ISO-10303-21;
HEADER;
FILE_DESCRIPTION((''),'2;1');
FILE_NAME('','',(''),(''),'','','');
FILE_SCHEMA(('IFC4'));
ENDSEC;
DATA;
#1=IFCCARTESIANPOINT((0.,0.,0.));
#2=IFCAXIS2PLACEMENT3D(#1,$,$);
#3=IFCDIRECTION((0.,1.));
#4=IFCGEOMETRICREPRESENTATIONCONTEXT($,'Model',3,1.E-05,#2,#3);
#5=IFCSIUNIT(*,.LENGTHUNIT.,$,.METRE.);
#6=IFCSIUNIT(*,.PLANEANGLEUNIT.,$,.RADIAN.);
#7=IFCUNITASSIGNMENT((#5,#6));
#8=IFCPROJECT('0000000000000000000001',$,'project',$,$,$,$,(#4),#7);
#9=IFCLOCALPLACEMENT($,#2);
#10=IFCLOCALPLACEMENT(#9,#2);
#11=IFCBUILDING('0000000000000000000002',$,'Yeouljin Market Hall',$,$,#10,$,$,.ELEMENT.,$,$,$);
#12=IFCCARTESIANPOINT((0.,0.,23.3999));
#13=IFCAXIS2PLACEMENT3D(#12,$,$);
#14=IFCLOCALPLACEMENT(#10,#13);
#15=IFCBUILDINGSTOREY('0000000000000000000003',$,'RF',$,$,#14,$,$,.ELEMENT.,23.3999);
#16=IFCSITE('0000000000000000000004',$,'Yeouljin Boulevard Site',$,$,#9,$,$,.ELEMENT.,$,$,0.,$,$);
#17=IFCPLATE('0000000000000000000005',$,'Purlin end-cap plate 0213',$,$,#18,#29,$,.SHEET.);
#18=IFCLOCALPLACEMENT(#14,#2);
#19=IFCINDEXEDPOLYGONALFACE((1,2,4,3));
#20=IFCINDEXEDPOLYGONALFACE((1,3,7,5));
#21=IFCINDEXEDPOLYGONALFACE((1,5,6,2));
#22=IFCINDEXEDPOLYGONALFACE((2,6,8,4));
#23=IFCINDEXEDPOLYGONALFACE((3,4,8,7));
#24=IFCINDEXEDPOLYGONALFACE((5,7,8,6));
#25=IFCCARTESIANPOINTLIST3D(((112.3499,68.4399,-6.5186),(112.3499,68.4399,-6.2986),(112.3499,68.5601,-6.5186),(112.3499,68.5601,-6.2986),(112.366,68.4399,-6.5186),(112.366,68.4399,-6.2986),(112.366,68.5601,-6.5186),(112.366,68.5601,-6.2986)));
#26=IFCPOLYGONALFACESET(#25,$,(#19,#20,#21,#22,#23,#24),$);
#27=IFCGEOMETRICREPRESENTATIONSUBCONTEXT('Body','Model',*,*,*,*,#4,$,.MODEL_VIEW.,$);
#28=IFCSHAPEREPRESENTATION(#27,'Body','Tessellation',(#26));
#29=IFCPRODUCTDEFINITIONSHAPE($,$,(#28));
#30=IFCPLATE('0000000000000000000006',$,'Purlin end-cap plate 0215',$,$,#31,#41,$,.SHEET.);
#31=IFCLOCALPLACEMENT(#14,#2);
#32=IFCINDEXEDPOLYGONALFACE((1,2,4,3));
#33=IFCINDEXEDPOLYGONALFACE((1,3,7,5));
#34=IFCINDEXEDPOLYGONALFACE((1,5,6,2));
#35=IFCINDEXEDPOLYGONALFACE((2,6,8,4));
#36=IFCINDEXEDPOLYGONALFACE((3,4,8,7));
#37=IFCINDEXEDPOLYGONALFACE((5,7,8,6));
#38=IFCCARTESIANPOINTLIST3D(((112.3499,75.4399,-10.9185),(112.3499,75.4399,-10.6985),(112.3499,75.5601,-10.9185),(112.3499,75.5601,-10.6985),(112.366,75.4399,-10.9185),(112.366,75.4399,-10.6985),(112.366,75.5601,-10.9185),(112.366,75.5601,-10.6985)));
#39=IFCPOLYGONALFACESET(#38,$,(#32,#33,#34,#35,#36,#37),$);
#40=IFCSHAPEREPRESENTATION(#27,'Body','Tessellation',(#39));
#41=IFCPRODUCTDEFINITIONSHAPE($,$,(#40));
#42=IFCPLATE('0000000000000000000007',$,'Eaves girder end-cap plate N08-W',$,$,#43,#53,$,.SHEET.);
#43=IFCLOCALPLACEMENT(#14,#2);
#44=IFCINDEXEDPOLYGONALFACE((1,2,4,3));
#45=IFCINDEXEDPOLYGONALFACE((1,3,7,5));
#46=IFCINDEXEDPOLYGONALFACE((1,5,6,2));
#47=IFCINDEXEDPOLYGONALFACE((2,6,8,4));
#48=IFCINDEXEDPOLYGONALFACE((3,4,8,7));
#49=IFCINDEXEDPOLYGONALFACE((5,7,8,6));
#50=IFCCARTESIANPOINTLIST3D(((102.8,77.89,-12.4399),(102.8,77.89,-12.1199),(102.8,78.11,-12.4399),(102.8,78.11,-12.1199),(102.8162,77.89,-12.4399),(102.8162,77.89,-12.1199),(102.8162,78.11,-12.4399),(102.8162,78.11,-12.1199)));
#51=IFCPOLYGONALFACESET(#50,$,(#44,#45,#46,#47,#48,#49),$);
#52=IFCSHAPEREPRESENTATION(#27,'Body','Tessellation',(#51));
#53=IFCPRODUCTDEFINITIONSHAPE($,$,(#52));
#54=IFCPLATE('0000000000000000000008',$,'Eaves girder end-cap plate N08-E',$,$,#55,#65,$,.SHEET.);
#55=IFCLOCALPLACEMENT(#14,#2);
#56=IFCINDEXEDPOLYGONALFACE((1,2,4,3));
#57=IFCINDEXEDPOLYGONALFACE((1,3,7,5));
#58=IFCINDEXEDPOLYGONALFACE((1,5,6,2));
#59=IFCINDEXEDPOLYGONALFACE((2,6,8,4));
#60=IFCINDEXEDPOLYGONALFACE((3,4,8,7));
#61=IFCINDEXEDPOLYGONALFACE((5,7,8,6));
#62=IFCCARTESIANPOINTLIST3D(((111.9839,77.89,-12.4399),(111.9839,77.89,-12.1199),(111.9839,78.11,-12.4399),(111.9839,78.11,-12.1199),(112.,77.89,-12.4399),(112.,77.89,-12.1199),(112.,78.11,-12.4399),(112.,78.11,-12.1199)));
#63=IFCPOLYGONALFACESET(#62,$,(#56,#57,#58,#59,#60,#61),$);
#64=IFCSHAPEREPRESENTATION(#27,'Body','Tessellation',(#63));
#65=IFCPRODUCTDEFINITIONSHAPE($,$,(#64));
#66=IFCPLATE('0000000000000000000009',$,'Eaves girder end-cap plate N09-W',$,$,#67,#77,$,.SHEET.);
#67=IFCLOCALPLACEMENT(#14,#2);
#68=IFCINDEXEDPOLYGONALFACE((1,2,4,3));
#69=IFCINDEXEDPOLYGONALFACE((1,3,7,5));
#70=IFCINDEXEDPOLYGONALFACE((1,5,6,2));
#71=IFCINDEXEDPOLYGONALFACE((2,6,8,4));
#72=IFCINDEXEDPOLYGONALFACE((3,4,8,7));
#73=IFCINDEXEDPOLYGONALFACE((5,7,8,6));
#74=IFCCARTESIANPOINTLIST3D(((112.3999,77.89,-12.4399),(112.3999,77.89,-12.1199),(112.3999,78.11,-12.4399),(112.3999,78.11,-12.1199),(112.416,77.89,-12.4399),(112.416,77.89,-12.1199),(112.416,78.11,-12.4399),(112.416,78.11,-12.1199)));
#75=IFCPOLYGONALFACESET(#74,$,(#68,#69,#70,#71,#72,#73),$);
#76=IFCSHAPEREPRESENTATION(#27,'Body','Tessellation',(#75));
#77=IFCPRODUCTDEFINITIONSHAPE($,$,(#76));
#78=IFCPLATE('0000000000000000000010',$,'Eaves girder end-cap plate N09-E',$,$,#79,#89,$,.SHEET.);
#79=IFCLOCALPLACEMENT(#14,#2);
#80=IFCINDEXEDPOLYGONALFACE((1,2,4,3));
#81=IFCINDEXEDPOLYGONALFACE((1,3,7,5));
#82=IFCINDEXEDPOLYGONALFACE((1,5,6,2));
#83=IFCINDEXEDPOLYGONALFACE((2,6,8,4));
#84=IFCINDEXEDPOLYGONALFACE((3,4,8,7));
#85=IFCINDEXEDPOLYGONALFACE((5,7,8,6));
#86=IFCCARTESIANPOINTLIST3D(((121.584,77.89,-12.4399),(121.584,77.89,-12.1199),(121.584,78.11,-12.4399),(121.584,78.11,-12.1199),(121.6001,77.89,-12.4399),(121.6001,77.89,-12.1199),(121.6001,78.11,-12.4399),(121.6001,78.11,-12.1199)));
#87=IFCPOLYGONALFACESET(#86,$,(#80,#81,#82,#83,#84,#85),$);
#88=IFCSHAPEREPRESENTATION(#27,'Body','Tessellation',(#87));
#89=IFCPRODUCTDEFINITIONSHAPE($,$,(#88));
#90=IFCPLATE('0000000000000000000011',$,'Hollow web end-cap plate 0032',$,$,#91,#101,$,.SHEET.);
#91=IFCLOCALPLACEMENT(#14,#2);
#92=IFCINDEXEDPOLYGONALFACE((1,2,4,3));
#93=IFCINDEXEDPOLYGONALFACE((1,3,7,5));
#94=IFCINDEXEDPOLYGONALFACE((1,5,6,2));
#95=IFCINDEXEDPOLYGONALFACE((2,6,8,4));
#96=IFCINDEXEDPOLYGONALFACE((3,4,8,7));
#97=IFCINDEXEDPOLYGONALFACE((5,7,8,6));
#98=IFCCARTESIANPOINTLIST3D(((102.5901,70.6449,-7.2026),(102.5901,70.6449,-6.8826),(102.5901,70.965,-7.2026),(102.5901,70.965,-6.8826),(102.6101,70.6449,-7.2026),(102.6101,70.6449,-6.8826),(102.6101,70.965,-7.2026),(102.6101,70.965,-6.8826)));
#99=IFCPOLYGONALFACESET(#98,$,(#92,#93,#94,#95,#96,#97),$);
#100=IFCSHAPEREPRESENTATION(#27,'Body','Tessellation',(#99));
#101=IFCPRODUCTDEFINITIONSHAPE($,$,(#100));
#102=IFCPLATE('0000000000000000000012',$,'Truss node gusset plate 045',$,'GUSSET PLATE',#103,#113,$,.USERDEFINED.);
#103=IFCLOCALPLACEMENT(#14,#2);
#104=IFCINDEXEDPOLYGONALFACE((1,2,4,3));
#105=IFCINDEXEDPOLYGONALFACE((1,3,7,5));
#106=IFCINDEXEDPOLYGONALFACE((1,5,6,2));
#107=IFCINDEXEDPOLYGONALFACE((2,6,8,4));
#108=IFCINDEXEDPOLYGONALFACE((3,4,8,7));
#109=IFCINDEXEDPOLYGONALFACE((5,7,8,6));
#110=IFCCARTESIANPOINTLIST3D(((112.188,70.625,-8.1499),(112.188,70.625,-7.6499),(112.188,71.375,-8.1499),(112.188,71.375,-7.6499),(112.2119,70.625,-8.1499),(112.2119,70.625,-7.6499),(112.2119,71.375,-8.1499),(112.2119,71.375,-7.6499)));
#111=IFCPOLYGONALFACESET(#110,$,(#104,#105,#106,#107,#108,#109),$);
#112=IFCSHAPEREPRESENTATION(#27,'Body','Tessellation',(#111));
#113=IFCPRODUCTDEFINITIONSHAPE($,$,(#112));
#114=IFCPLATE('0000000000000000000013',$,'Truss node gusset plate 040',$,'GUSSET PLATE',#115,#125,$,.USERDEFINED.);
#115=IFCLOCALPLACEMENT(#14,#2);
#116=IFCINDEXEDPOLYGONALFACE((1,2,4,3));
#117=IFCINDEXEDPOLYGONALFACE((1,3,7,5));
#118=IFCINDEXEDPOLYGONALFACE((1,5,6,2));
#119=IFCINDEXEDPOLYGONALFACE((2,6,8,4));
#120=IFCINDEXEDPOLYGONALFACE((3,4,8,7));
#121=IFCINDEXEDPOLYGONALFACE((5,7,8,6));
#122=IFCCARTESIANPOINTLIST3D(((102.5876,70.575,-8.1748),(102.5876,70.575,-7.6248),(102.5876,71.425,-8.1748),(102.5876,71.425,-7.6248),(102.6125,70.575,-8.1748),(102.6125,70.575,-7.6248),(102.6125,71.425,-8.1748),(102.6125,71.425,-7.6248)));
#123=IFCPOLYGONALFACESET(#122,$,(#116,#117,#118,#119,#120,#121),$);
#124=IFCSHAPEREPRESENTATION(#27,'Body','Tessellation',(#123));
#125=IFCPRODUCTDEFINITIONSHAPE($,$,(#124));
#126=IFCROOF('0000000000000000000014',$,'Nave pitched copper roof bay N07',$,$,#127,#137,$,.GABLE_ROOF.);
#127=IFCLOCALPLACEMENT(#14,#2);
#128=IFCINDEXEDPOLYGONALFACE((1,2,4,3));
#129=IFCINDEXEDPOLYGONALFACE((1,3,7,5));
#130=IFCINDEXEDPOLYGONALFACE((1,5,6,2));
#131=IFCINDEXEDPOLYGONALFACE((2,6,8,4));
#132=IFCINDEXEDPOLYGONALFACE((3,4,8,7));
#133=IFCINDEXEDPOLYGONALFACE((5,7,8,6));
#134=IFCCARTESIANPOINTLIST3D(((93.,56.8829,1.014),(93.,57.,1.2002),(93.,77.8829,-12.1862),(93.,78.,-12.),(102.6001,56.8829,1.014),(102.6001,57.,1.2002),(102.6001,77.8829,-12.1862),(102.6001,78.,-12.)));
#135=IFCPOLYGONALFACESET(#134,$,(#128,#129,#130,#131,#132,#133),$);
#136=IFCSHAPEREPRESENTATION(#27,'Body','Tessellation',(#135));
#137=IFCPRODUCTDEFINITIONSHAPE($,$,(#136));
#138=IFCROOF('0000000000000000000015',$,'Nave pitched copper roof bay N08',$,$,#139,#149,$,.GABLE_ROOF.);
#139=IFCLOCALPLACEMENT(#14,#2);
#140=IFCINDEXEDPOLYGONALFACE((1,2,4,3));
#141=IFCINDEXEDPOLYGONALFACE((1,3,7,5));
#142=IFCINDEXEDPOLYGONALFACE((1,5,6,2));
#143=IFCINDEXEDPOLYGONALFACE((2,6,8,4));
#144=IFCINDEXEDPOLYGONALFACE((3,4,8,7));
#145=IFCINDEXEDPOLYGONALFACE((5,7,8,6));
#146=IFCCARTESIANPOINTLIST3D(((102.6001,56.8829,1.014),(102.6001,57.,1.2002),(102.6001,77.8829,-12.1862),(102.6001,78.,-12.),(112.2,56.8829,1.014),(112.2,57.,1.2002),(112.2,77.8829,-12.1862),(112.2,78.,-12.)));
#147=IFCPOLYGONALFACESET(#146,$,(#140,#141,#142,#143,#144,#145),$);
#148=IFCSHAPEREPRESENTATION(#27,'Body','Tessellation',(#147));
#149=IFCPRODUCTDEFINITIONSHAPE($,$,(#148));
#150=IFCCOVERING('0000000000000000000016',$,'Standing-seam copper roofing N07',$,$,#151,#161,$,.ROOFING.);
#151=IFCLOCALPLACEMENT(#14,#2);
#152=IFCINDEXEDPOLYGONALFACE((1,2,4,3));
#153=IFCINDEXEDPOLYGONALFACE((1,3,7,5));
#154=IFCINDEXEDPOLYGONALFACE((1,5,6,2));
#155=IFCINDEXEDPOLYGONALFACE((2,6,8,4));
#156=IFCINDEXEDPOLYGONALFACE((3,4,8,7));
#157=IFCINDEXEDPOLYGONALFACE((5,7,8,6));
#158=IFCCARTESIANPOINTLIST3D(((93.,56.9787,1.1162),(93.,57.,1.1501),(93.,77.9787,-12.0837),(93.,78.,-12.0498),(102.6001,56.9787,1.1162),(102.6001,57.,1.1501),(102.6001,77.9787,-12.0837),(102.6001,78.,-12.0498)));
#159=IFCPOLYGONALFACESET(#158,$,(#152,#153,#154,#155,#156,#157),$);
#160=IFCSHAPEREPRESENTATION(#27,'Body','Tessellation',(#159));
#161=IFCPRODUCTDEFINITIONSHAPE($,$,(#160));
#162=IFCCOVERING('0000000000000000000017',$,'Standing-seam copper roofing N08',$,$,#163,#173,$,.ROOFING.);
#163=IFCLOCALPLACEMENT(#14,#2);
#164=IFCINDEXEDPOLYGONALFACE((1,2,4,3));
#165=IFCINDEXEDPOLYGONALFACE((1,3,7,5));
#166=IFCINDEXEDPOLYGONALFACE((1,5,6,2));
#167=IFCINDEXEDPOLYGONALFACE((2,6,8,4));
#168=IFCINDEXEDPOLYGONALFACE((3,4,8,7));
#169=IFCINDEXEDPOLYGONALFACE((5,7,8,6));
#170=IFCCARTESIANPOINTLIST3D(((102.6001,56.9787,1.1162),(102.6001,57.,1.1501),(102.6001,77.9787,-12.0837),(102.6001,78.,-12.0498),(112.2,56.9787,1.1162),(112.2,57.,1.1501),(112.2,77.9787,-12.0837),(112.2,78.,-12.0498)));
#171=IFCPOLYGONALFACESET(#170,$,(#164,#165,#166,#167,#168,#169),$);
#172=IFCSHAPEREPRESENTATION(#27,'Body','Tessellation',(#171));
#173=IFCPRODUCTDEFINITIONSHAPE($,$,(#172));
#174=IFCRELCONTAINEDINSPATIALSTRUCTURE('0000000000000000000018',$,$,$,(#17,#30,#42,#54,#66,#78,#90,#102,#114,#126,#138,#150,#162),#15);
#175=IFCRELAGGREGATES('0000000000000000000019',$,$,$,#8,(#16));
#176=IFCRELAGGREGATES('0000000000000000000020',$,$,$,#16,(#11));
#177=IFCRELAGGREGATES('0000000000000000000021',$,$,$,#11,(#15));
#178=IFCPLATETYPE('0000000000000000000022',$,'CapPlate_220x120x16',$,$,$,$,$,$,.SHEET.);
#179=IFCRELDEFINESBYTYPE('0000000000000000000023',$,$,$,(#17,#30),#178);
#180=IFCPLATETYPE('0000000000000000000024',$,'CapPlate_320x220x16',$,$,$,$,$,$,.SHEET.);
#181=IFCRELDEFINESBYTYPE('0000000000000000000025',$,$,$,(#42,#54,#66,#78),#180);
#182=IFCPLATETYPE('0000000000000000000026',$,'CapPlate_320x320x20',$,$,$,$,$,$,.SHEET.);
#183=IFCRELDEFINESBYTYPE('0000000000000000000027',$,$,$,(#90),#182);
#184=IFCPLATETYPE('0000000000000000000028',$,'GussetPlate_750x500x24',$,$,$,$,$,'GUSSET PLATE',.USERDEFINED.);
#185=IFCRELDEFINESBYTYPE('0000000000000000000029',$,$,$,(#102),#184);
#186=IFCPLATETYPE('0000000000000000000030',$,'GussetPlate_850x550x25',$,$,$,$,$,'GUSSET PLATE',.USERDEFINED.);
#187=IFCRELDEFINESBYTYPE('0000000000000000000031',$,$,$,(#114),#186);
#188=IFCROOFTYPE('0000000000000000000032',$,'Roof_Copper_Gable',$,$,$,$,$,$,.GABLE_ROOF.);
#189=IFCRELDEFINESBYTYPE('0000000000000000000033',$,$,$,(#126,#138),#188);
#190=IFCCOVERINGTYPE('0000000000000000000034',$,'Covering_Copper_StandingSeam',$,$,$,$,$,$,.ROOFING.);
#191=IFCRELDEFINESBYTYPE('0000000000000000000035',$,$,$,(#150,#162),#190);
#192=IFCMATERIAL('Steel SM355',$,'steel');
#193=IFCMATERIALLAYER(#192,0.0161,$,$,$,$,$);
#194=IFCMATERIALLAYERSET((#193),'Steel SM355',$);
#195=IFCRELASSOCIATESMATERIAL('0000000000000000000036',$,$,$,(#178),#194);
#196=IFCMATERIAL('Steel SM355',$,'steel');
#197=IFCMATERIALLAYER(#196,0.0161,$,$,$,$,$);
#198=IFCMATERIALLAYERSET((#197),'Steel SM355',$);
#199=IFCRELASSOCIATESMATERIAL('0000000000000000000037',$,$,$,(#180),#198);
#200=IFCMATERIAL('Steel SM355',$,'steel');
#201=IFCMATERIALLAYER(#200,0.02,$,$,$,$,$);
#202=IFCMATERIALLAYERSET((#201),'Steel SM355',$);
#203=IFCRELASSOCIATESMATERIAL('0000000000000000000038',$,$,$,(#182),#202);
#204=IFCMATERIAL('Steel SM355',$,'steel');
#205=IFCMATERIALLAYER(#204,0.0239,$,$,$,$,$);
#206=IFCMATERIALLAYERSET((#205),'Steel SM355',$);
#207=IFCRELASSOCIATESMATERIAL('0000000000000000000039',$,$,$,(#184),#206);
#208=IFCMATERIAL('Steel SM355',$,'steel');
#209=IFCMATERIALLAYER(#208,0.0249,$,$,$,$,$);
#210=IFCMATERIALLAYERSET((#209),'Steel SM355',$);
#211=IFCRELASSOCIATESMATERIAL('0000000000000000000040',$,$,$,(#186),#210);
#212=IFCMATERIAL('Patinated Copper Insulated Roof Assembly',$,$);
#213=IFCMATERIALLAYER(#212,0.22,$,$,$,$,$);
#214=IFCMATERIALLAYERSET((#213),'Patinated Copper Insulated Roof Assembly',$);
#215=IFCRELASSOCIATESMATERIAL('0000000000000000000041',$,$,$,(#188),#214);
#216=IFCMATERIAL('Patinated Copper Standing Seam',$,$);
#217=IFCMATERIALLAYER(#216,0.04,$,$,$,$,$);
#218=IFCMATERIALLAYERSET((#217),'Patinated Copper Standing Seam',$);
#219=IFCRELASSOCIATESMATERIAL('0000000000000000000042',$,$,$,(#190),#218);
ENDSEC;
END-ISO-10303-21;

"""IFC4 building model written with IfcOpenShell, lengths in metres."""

from ifc_helpers import new_model, si_unit, direction, frame, origin, origin_2d, place, context, subcontext, project, spatial, polyline, rectangle, outline, extrude, material, layer, layer_set, type_object, element, save


model = new_model("IFC4")

# Units and contexts
model_context = context("Model", 3, precision=1e-05, world=origin(), true_north=direction((0.0, 1.0)))
body_context = subcontext(model_context, "Body", "Model", "MODEL_VIEW")
ifc_project = project(units=[si_unit("LENGTHUNIT", "METRE"), si_unit("PLANEANGLEUNIT", "RADIAN")], contexts=[model_context])

# Site, building, storey
site_placement = place(None, origin())
site = spatial("IfcSite", under=ifc_project, at=site_placement, Name="Yeouljin Boulevard Site", CompositionType="ELEMENT", RefElevation=0.0)
building_placement = place(site_placement, origin())
building = spatial("IfcBuilding", under=site, at=building_placement, Name="Yeouljin Market Hall", CompositionType="ELEMENT")
storey_placement = place(building_placement, frame((0.0, 0.0, 23.3999)))
storey = spatial("IfcBuildingStorey", under=building, at=storey_placement, Name="RF", CompositionType="ELEMENT", Elevation=23.3999)

# Plates
ifc_material_1 = material(Name="Steel SM355", Category="steel")
ifc_layer_1 = layer(ifc_material_1, 0.0161)
ifc_layer_set_1 = layer_set([ifc_layer_1], Name="Steel SM355")
plate_type_1 = type_object("IfcPlateType", Name="CapPlate_220x120x16", PredefinedType="SHEET", material=ifc_layer_set_1)
for number, where, z_axis, x_axis, name in (
    (1, (112.3579, 68.5, -6.5186), (0.0, 0.0, 1.0), (0.0, 1.0, 0.0), "Purlin end-cap plate 0213"),
    (2, (112.3579, 75.5, -10.9185), (0.0, 0.0, 1.0), (0.0, 1.0, 0.0), "Purlin end-cap plate 0215"),
):
    element("IfcPlate", number, at=place(storey_placement, frame(where, z_axis=z_axis, x_axis=x_axis)), inside=storey, type_object=plate_type_1, Name=name, PredefinedType="SHEET", context=body_context, shape_type="SweptSolid", body=[
        extrude(rectangle(XDim=0.1201, YDim=0.0161, at=origin_2d()), origin(), (0.0, 0.0, 1.0), 0.22),
    ])
ifc_material_2 = material(Name="Steel SM355", Category="steel")
ifc_layer_2 = layer(ifc_material_2, 0.0161)
ifc_layer_set_2 = layer_set([ifc_layer_2], Name="Steel SM355")
plate_type_2 = type_object("IfcPlateType", Name="CapPlate_320x220x16", PredefinedType="SHEET", material=ifc_layer_set_2)
for number, where, z_axis, x_axis, name in (
    (3, (102.8081, 78.0, -12.4399), (0.0, 0.0, 1.0), (0.0, 1.0, 0.0), "Eaves girder end-cap plate N08-W"),
    (4, (111.9919, 78.0, -12.4399), (0.0, 0.0, 1.0), (0.0, 1.0, 0.0), "Eaves girder end-cap plate N08-E"),
    (5, (112.408, 78.0, -12.4399), (0.0, 0.0, 1.0), (0.0, 1.0, 0.0), "Eaves girder end-cap plate N09-W"),
    (6, (121.592, 78.0, -12.4399), (0.0, 0.0, 1.0), (0.0, 1.0, 0.0), "Eaves girder end-cap plate N09-E"),
):
    element("IfcPlate", number, at=place(storey_placement, frame(where, z_axis=z_axis, x_axis=x_axis)), inside=storey, type_object=plate_type_2, Name=name, PredefinedType="SHEET", context=body_context, shape_type="SweptSolid", body=[
        extrude(rectangle(XDim=0.22, YDim=0.0161, at=origin_2d()), origin(), (0.0, 0.0, 1.0), 0.3201),
    ])
ifc_material_3 = material(Name="Steel SM355", Category="steel")
ifc_layer_3 = layer(ifc_material_3, 0.02)
ifc_layer_set_3 = layer_set([ifc_layer_3], Name="Steel SM355")
plate_type_3 = type_object("IfcPlateType", Name="CapPlate_320x320x20", PredefinedType="SHEET", material=ifc_layer_set_3)
plate_1_placement = place(storey_placement, frame((102.6001, 70.8049, -7.2026), z_axis=(0.0, 0.0, 1.0), x_axis=(0.0, 1.0, 0.0)))
element("IfcPlate", 7, at=plate_1_placement, inside=storey, type_object=plate_type_3, Name="Hollow web end-cap plate 0032", PredefinedType="SHEET", context=body_context, shape_type="SweptSolid", body=[
    extrude(rectangle(XDim=0.3201, YDim=0.02, at=origin_2d()), origin(), (0.0, 0.0, 1.0), 0.3201),
])
ifc_material_4 = material(Name="Steel SM355", Category="steel")
ifc_layer_4 = layer(ifc_material_4, 0.0239)
ifc_layer_set_4 = layer_set([ifc_layer_4], Name="Steel SM355")
plate_type_4 = type_object("IfcPlateType", Name="GussetPlate_750x500x24", ElementType="GUSSET PLATE", PredefinedType="USERDEFINED", material=ifc_layer_set_4)
plate_2_placement = place(storey_placement, frame((112.2, 71.0, -8.1499), z_axis=(0.0, 0.0, 1.0), x_axis=(0.0, 1.0, 0.0)))
element("IfcPlate", 8, at=plate_2_placement, inside=storey, type_object=plate_type_4, Name="Truss node gusset plate 045", ObjectType="GUSSET PLATE", PredefinedType="USERDEFINED", context=body_context, shape_type="SweptSolid", body=[
    extrude(rectangle(XDim=0.75, YDim=0.0239, at=origin_2d()), origin(), (0.0, 0.0, 1.0), 0.5),
])
ifc_material_5 = material(Name="Steel SM355", Category="steel")
ifc_layer_5 = layer(ifc_material_5, 0.0249)
ifc_layer_set_5 = layer_set([ifc_layer_5], Name="Steel SM355")
plate_type_5 = type_object("IfcPlateType", Name="GussetPlate_850x550x25", ElementType="GUSSET PLATE", PredefinedType="USERDEFINED", material=ifc_layer_set_5)
plate_3_placement = place(storey_placement, frame((102.6001, 71.0, -8.1748), z_axis=(0.0, 0.0, 1.0), x_axis=(0.0, 1.0, 0.0)))
element("IfcPlate", 9, at=plate_3_placement, inside=storey, type_object=plate_type_5, Name="Truss node gusset plate 040", ObjectType="GUSSET PLATE", PredefinedType="USERDEFINED", context=body_context, shape_type="SweptSolid", body=[
    extrude(rectangle(XDim=0.8501, YDim=0.0249, at=origin_2d()), origin(), (0.0, 0.0, 1.0), 0.55),
])

# Roofs
ifc_material_6 = material(Name="Patinated Copper Insulated Roof Assembly")
ifc_layer_6 = layer(ifc_material_6, 0.22)
ifc_layer_set_6 = layer_set([ifc_layer_6], Name="Patinated Copper Insulated Roof Assembly")
roof_type = type_object("IfcRoofType", Name="Roof_Copper_Gable", PredefinedType="GABLE_ROOF", material=ifc_layer_set_6)
roof_1_placement = place(storey_placement, frame((102.6001, 78.0, -12.0), z_axis=(0.0, 0.532177, 0.846633), x_axis=(-1.0, 0.0, 0.0)))
element("IfcRoof", 10, at=roof_1_placement, inside=storey, type_object=roof_type, Name="Nave pitched copper roof bay N07", PredefinedType="GABLE_ROOF", context=body_context, shape_type="SweptSolid", body=[
    extrude(outline(polyline([(0.0, 0.0), (9.6001, 0.0), (9.6001, 24.8041), (0.0, 24.8041), (0.0, 0.0)])), origin(), (0.0, 0.0, -1.0), 0.22),
])
roof_2_placement = place(storey_placement, frame((112.2, 78.0, -12.0), z_axis=(0.0, 0.532177, 0.846633), x_axis=(-1.0, 0.0, 0.0)))
element("IfcRoof", 11, at=roof_2_placement, inside=storey, type_object=roof_type, Name="Nave pitched copper roof bay N08", PredefinedType="GABLE_ROOF", context=body_context, shape_type="SweptSolid", body=[
    extrude(outline(polyline([(0.0, 0.0), (9.5999, 0.0), (9.5999, 24.8041), (0.0, 24.8041), (0.0, 0.0)])), origin(), (0.0, 0.0, -1.0), 0.22),
])

# Coverings
ifc_material_7 = material(Name="Patinated Copper Standing Seam")
ifc_layer_7 = layer(ifc_material_7, 0.04)
ifc_layer_set_7 = layer_set([ifc_layer_7], Name="Patinated Copper Standing Seam")
covering_type = type_object("IfcCoveringType", Name="Covering_Copper_StandingSeam", PredefinedType="ROOFING", material=ifc_layer_set_7)
covering_1_placement = place(storey_placement, frame((102.6001, 78.0, -12.0498), z_axis=(0.0, 0.53217, 0.846637), x_axis=(-1.0, 0.0, 0.0)))
element("IfcCovering", 12, at=covering_1_placement, inside=storey, type_object=covering_type, Name="Standing-seam copper roofing N07", PredefinedType="ROOFING", context=body_context, shape_type="SweptSolid", body=[
    extrude(outline(polyline([(0.0, 0.0), (9.6001, 0.0), (9.6001, 24.804), (0.0, 24.804), (0.0, 0.0)])), origin(), (0.0, 0.0, -1.0), 0.04),
])
covering_2_placement = place(storey_placement, frame((112.2, 78.0, -12.0498), z_axis=(0.0, 0.53217, 0.846637), x_axis=(-1.0, 0.0, 0.0)))
element("IfcCovering", 13, at=covering_2_placement, inside=storey, type_object=covering_type, Name="Standing-seam copper roofing N08", PredefinedType="ROOFING", context=body_context, shape_type="SweptSolid", body=[
    extrude(outline(polyline([(0.0, 0.0), (9.5999, 0.0), (9.5999, 24.804), (0.0, 24.804), (0.0, 0.0)])), origin(), (0.0, 0.0, -1.0), 0.04),
])

save(model, "model.ifc")
